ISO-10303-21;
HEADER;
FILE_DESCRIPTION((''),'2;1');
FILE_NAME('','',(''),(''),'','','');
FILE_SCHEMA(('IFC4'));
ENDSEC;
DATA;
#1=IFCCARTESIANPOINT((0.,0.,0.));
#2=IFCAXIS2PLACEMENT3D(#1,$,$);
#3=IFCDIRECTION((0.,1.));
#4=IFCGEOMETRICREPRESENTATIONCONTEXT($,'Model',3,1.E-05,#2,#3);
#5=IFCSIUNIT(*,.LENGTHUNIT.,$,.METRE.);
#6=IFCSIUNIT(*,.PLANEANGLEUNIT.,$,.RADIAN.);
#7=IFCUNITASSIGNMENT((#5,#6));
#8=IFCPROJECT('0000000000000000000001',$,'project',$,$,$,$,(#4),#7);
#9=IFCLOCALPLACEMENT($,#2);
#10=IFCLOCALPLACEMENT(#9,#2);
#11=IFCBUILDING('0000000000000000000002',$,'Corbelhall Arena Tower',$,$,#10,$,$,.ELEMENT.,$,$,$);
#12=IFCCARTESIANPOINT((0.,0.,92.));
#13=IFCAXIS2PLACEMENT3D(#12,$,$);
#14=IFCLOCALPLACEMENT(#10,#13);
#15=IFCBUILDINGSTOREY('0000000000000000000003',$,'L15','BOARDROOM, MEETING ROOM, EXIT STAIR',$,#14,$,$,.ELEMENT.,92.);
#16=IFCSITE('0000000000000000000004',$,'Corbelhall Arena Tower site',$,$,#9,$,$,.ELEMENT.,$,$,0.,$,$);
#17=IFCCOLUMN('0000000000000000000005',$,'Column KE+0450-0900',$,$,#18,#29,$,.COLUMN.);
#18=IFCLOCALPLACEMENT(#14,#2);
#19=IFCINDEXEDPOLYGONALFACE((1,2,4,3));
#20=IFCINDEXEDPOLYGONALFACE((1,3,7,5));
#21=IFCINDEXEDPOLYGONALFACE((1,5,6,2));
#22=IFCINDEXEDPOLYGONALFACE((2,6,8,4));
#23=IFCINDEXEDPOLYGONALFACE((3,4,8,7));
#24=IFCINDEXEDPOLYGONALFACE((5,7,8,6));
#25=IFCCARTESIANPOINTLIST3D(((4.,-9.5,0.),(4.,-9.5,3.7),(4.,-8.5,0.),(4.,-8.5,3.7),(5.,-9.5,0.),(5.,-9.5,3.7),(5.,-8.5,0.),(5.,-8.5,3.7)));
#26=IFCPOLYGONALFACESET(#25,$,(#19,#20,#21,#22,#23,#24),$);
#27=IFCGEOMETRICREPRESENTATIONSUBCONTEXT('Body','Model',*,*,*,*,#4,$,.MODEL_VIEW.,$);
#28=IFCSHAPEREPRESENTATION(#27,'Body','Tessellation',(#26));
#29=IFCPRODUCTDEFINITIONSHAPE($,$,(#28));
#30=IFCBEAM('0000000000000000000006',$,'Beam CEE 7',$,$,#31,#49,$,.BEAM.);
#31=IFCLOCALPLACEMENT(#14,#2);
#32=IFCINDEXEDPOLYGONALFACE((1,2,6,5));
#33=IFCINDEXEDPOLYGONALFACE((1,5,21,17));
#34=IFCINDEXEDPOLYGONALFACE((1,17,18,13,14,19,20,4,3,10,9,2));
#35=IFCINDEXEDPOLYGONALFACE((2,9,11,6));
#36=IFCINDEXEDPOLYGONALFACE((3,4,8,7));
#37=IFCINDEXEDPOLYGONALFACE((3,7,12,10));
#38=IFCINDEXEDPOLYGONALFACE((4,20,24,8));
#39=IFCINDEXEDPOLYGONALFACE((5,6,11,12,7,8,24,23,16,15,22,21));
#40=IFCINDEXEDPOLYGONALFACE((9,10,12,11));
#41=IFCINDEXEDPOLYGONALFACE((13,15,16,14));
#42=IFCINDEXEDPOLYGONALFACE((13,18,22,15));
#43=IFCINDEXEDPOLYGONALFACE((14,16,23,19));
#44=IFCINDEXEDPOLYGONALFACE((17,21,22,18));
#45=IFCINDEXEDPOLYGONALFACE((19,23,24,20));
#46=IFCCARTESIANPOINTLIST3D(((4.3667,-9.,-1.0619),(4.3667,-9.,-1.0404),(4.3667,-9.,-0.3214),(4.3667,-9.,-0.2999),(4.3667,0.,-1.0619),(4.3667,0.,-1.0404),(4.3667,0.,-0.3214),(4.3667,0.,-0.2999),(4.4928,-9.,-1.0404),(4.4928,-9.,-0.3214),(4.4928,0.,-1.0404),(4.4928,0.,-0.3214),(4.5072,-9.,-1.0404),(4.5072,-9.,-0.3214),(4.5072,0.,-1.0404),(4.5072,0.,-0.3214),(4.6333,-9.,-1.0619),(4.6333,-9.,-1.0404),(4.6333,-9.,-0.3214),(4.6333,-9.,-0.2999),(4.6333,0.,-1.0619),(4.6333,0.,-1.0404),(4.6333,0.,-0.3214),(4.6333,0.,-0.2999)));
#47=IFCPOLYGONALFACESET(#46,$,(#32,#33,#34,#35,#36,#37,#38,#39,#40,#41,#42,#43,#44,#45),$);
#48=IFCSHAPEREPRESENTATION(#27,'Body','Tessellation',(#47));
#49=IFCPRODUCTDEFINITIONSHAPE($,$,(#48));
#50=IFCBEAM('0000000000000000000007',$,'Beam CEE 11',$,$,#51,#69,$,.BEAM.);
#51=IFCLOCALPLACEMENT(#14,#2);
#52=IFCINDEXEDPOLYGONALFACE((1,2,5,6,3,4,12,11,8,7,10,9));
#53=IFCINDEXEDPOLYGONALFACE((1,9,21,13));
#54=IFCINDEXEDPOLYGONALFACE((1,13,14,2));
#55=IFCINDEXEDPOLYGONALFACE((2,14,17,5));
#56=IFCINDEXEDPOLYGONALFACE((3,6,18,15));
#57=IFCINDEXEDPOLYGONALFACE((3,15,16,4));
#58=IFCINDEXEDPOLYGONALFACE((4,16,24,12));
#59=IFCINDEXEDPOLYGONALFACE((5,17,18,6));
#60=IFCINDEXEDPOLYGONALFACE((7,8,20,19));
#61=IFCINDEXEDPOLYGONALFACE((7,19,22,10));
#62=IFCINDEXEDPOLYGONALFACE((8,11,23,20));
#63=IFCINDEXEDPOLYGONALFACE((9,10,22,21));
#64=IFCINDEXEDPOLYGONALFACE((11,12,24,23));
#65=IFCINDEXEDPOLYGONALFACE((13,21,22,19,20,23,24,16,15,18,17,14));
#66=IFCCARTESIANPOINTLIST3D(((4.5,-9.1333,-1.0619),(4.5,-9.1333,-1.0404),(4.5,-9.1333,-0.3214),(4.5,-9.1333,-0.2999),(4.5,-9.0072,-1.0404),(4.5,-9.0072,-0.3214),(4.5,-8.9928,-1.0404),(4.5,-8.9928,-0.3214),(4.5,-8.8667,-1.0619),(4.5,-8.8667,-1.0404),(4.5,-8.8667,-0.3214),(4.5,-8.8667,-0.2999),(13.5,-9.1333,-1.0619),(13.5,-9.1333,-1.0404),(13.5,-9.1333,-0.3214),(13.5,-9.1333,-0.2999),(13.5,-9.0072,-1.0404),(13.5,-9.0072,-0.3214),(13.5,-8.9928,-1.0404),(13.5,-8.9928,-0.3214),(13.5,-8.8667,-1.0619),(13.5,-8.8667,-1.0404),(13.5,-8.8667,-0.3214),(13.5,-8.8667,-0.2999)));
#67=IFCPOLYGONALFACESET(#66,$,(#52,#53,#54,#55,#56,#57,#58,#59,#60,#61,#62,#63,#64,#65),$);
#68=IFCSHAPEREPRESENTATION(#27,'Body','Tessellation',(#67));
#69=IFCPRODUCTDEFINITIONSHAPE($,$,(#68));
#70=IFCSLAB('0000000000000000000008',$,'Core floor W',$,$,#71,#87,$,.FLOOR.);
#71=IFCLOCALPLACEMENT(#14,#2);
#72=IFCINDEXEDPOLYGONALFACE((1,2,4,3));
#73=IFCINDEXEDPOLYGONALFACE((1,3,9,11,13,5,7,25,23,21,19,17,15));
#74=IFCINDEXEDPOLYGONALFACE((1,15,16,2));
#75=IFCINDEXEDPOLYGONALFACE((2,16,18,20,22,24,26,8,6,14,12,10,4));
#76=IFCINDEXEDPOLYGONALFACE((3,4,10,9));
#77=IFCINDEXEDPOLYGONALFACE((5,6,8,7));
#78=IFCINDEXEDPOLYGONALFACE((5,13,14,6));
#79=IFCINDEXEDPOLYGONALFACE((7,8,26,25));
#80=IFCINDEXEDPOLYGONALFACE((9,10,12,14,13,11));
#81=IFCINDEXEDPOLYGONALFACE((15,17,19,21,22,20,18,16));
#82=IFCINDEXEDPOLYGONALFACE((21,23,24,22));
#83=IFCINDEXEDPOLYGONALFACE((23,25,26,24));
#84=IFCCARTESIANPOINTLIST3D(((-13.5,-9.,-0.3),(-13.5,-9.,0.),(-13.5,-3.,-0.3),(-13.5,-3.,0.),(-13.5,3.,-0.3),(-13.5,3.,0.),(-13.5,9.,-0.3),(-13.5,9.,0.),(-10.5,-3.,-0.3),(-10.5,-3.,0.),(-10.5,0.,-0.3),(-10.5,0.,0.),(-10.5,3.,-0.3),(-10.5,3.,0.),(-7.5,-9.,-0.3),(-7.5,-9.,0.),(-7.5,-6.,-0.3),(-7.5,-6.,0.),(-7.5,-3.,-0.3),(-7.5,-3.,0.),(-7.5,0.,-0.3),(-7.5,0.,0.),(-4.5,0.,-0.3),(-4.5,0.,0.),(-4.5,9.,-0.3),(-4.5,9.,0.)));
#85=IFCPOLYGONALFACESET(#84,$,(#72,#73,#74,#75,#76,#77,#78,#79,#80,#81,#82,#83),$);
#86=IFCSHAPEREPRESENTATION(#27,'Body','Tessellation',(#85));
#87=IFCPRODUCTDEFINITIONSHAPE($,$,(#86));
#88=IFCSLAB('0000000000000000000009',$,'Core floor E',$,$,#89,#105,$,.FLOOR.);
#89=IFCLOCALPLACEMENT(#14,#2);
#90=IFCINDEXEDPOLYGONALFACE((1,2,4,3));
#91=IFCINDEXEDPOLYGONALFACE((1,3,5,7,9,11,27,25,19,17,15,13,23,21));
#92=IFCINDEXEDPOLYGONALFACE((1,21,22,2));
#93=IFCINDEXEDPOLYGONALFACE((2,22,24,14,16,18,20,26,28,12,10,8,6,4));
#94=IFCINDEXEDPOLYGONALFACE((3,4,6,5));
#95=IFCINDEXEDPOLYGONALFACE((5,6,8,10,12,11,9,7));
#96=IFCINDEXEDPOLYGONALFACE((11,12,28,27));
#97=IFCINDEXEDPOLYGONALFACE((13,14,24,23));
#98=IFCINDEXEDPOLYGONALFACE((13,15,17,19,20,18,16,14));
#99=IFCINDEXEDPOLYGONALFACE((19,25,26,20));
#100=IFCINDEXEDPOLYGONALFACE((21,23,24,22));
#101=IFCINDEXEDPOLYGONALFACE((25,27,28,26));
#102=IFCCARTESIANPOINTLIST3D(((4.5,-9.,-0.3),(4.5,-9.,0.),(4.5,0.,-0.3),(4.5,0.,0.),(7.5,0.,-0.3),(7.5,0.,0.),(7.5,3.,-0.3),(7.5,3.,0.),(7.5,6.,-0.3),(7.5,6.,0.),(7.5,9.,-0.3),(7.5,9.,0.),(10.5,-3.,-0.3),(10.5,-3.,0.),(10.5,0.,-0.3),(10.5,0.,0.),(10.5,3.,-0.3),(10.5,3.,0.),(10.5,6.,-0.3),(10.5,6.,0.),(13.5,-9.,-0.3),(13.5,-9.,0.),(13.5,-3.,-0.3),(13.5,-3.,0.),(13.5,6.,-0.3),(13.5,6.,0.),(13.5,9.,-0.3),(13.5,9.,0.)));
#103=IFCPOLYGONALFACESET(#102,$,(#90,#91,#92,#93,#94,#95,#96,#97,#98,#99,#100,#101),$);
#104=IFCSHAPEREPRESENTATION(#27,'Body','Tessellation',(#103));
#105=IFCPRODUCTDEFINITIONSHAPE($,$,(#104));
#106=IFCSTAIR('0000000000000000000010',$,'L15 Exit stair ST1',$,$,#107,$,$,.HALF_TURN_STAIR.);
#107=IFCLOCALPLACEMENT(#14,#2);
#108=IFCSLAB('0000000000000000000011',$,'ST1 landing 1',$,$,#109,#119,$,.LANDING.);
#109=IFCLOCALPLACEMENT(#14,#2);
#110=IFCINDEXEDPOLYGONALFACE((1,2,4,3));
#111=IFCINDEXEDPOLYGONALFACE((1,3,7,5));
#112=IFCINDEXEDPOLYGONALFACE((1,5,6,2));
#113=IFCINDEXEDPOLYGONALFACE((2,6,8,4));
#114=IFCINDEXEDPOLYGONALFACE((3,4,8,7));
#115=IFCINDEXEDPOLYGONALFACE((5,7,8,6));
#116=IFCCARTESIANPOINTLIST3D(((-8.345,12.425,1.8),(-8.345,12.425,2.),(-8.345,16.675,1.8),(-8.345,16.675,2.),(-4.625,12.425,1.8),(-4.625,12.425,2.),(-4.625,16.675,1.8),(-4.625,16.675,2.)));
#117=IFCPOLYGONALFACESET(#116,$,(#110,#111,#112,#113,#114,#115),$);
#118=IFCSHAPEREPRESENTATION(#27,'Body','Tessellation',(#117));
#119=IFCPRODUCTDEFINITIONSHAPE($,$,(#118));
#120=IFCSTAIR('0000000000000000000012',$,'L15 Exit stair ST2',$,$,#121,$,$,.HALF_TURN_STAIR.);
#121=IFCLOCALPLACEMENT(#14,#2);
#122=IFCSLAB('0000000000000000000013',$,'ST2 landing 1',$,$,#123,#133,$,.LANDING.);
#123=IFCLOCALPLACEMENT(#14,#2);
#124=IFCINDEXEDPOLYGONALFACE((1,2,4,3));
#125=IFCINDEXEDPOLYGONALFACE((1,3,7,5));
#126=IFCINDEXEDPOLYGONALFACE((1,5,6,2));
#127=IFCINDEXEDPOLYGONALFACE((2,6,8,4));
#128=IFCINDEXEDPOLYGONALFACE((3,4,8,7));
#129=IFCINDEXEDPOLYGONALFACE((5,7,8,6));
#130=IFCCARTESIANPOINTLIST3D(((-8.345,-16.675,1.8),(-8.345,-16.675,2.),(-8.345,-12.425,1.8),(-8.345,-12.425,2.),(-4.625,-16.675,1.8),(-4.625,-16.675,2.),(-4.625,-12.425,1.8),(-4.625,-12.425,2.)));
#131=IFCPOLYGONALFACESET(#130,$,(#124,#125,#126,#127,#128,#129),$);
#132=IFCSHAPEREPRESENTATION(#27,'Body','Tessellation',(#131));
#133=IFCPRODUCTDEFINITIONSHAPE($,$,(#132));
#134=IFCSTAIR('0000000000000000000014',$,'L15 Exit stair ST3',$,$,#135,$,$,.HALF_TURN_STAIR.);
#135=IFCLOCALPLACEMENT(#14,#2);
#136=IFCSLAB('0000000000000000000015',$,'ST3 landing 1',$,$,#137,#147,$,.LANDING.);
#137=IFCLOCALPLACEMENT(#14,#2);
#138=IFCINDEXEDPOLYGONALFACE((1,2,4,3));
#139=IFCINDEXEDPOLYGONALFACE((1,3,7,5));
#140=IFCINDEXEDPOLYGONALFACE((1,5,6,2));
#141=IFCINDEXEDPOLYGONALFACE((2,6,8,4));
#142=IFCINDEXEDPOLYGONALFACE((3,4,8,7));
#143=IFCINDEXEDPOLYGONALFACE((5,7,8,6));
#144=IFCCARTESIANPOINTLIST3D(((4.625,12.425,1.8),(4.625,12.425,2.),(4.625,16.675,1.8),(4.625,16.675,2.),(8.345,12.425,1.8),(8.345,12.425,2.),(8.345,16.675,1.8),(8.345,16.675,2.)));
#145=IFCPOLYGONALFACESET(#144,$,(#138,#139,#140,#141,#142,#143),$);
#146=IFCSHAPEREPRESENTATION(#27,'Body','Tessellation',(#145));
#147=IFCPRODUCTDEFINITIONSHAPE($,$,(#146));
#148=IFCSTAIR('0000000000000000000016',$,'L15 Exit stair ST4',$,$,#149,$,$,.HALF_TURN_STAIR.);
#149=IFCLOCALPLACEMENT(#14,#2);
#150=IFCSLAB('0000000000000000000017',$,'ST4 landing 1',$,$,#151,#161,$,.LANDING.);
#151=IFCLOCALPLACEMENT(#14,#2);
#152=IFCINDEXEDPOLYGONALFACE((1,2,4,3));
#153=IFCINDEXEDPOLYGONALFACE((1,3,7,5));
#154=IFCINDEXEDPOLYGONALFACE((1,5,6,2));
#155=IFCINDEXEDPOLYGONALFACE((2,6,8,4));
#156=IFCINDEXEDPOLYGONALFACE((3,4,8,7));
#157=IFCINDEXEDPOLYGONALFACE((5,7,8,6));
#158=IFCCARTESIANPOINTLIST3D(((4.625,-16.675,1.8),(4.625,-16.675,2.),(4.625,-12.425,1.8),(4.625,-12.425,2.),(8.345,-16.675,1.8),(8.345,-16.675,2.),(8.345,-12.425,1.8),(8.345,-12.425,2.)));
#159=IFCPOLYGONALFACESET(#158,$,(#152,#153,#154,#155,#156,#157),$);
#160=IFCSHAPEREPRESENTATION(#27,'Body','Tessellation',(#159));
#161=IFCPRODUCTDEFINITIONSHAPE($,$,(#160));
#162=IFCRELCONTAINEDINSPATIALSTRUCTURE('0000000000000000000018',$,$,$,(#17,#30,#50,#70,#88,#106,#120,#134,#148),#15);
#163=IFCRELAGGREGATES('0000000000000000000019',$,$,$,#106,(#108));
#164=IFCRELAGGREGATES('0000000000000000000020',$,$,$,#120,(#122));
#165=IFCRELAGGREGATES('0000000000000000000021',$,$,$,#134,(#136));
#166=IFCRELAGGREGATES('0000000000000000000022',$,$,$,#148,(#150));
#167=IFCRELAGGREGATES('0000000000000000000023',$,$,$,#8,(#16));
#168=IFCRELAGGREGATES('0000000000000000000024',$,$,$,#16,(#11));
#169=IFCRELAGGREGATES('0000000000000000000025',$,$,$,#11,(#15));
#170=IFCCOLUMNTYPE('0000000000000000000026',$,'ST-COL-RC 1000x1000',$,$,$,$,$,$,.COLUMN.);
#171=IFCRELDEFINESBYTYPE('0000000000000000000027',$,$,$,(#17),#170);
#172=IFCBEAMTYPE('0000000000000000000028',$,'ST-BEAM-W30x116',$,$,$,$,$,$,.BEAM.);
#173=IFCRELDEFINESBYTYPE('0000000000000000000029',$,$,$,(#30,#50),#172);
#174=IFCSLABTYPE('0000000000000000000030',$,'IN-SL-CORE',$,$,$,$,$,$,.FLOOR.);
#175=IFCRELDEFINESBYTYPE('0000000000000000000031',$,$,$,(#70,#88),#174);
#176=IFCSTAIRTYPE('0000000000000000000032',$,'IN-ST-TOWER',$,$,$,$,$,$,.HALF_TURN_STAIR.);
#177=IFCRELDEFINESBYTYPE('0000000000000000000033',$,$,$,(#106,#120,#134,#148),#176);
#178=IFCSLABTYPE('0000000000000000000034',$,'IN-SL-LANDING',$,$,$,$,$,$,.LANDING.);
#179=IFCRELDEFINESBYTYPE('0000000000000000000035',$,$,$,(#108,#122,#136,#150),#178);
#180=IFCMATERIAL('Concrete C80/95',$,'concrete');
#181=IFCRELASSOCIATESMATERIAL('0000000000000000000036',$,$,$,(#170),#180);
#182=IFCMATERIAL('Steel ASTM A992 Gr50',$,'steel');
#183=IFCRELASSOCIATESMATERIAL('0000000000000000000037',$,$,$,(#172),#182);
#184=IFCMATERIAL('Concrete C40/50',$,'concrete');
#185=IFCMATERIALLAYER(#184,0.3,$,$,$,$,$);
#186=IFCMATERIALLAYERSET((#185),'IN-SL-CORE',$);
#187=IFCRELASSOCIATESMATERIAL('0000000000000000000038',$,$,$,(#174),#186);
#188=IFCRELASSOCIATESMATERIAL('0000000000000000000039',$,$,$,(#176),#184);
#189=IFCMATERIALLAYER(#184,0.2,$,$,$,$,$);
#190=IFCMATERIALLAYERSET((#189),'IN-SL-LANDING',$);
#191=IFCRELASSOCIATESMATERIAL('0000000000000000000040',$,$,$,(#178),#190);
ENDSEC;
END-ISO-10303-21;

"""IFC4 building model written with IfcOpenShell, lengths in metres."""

from ifc_helpers import new_model, si_unit, direction, frame, origin, origin_2d, place, context, subcontext, project, spatial, polyline, rectangle, i_section, outline, extrude, material, layer, layer_set, material_profile, profile_set, type_object, element, aggregate, save


model = new_model("IFC4")

# Units and contexts
model_context = context("Model", 3, precision=1e-05, world=origin(), true_north=direction((0.0, 1.0)))
body_context = subcontext(model_context, "Body", "Model", "MODEL_VIEW")
ifc_project = project(units=[si_unit("LENGTHUNIT", "METRE"), si_unit("PLANEANGLEUNIT", "RADIAN")], contexts=[model_context])

# Site, building, storey
site_placement = place(None, origin())
site = spatial("IfcSite", under=ifc_project, at=site_placement, Name="Corbelhall Arena Tower site", CompositionType="ELEMENT", RefElevation=0.0)
building_placement = place(site_placement, origin())
building = spatial("IfcBuilding", under=site, at=building_placement, Name="Corbelhall Arena Tower", CompositionType="ELEMENT")
storey_placement = place(building_placement, frame((0.0, 0.0, 92.0)))
storey = spatial("IfcBuildingStorey", under=building, at=storey_placement, Name="L15", Description="BOARDROOM, MEETING ROOM, EXIT STAIR", CompositionType="ELEMENT", Elevation=92.0)

# Column
ifc_material_1 = material(Name="Concrete C80/95", Category="concrete")
ifc_material_profile_1 = material_profile(ifc_material_1, rectangle(XDim=1.0, YDim=1.0, at=origin_2d()))
ifc_profile_set_1 = profile_set([ifc_material_profile_1], Name="Concrete C80/95")
column_type = type_object("IfcColumnType", Name="ST-COL-RC 1000x1000", PredefinedType="COLUMN", material=ifc_profile_set_1)
column_placement = place(storey_placement, frame((4.5, -9.0, 0.0), z_axis=(0.0, 0.0, 1.0), x_axis=(1.0, 0.0, 0.0)))
element("IfcColumn", 1, at=column_placement, inside=storey, type_object=column_type, Name="Column KE+0450-0900", PredefinedType="COLUMN", context=body_context, shape_type="SweptSolid", body=[
    extrude(rectangle(XDim=1.0, YDim=1.0, at=origin_2d()), origin(), (0.0, 0.0, 1.0), 3.7),
])

# Beams
ifc_material_2 = material(Name="Steel ASTM A992 Gr50", Category="steel")
ifc_material_profile_2 = material_profile(ifc_material_2, i_section(OverallWidth=0.2666, OverallDepth=0.762, WebThickness=0.0144, FlangeThickness=0.0215, at=origin_2d()))
ifc_profile_set_2 = profile_set([ifc_material_profile_2], Name="Steel ASTM A992 Gr50")
beam_type = type_object("IfcBeamType", Name="ST-BEAM-W30x116", PredefinedType="BEAM", material=ifc_profile_set_2)
for number, where, z_axis, x_axis, name in (
    (2, (4.5, -9.0, -0.6809), (0.0, 1.0, 0.0), (-1.0, 0.0, 0.0), "Beam CEE 7"),
    (3, (4.5, -9.0, -0.6809), (1.0, 0.0, 0.0), (0.0, 1.0, 0.0), "Beam CEE 11"),
):
    element("IfcBeam", number, at=place(storey_placement, frame(where, z_axis=z_axis, x_axis=x_axis)), inside=storey, type_object=beam_type, Name=name, PredefinedType="BEAM", context=body_context, shape_type="SweptSolid", body=[
        extrude(i_section(OverallWidth=0.2666, OverallDepth=0.762, WebThickness=0.0144, FlangeThickness=0.0215, at=origin_2d()), origin(), (0.0, 0.0, 1.0), 9.0),
    ])

# Slabs
ifc_material_3 = material(Name="Concrete C40/50", Category="concrete")
ifc_layer_1 = layer(ifc_material_3, 0.3)
ifc_layer_set_1 = layer_set([ifc_layer_1], Name="IN-SL-CORE")
slab_type_1 = type_object("IfcSlabType", Name="IN-SL-CORE", PredefinedType="FLOOR", material=ifc_layer_set_1)
slab_1_placement = place(storey_placement, frame((0.0, 0.0, -0.3)))
element("IfcSlab", 4, at=slab_1_placement, inside=storey, type_object=slab_type_1, Name="Core floor W", PredefinedType="FLOOR", context=body_context, shape_type="SweptSolid", body=[
    extrude(outline(polyline([(-7.5, 0.0), (-4.5, 0.0), (-4.5, 9.0), (-13.5, 9.0), (-13.5, 3.0), (-10.5, 3.0), (-10.5, 0.0), (-10.5, -3.0), (-13.5, -3.0), (-13.5, -9.0), (-7.5, -9.0), (-7.5, -6.0), (-7.5, -3.0), (-7.5, 0.0)])), origin(), (0.0, 0.0, 1.0), 0.3),
])
slab_2_placement = place(storey_placement, frame((0.0, 0.0, -0.3)))
element("IfcSlab", 5, at=slab_2_placement, inside=storey, type_object=slab_type_1, Name="Core floor E", PredefinedType="FLOOR", context=body_context, shape_type="SweptSolid", body=[
    extrude(outline(polyline([(7.5, 0.0), (4.5, 0.0), (4.5, -9.0), (13.5, -9.0), (13.5, -3.0), (10.5, -3.0), (10.5, 0.0), (10.5, 3.0), (10.5, 6.0), (13.5, 6.0), (13.5, 9.0), (7.5, 9.0), (7.5, 6.0), (7.5, 3.0), (7.5, 0.0)])), origin(), (0.0, 0.0, 1.0), 0.3),
])

# Stairs, slabs
stair_type = type_object("IfcStairType", Name="IN-ST-TOWER", PredefinedType="HALF_TURN_STAIR", material=ifc_material_3)
stair_1_placement = place(storey_placement, origin())
stair_1 = element("IfcStair", 6, at=stair_1_placement, inside=storey, type_object=stair_type, Name="L15 Exit stair ST1", PredefinedType="HALF_TURN_STAIR")
ifc_layer_2 = layer(ifc_material_3, 0.2)
ifc_layer_set_2 = layer_set([ifc_layer_2], Name="IN-SL-LANDING")
slab_type_2 = type_object("IfcSlabType", Name="IN-SL-LANDING", PredefinedType="LANDING", material=ifc_layer_set_2)
slab_3_placement = place(storey_placement, frame((0.0, 0.0, 1.8)))
slab_3 = element("IfcSlab", 7, at=slab_3_placement, type_object=slab_type_2, Name="ST1 landing 1", PredefinedType="LANDING", context=body_context, shape_type="SweptSolid", body=[
    extrude(outline(polyline([(-8.345, 12.425), (-4.625, 12.425), (-4.625, 16.675), (-8.345, 16.675), (-8.345, 12.425)])), origin(), (0.0, 0.0, 1.0), 0.2),
])
aggregate(stair_1, [slab_3])
stair_2_placement = place(storey_placement, origin())
stair_2 = element("IfcStair", 8, at=stair_2_placement, inside=storey, type_object=stair_type, Name="L15 Exit stair ST2", PredefinedType="HALF_TURN_STAIR")
slab_4_placement = place(storey_placement, frame((0.0, 0.0, 1.8)))
slab_4 = element("IfcSlab", 9, at=slab_4_placement, type_object=slab_type_2, Name="ST2 landing 1", PredefinedType="LANDING", context=body_context, shape_type="SweptSolid", body=[
    extrude(outline(polyline([(-8.345, -16.675), (-4.625, -16.675), (-4.625, -12.425), (-8.345, -12.425), (-8.345, -16.675)])), origin(), (0.0, 0.0, 1.0), 0.2),
])
aggregate(stair_2, [slab_4])
stair_3_placement = place(storey_placement, origin())
stair_3 = element("IfcStair", 10, at=stair_3_placement, inside=storey, type_object=stair_type, Name="L15 Exit stair ST3", PredefinedType="HALF_TURN_STAIR")
slab_5_placement = place(storey_placement, frame((0.0, 0.0, 1.8)))
slab_5 = element("IfcSlab", 11, at=slab_5_placement, type_object=slab_type_2, Name="ST3 landing 1", PredefinedType="LANDING", context=body_context, shape_type="SweptSolid", body=[
    extrude(outline(polyline([(8.345, 16.675), (4.625, 16.675), (4.625, 12.425), (8.345, 12.425), (8.345, 16.675)])), origin(), (0.0, 0.0, 1.0), 0.2),
])
aggregate(stair_3, [slab_5])
stair_4_placement = place(storey_placement, origin())
stair_4 = element("IfcStair", 12, at=stair_4_placement, inside=storey, type_object=stair_type, Name="L15 Exit stair ST4", PredefinedType="HALF_TURN_STAIR")
slab_6_placement = place(storey_placement, frame((0.0, 0.0, 1.8)))
slab_6 = element("IfcSlab", 13, at=slab_6_placement, type_object=slab_type_2, Name="ST4 landing 1", PredefinedType="LANDING", context=body_context, shape_type="SweptSolid", body=[
    extrude(outline(polyline([(8.345, -12.425), (4.625, -12.425), (4.625, -16.675), (8.345, -16.675), (8.345, -12.425)])), origin(), (0.0, 0.0, 1.0), 0.2),
])
aggregate(stair_4, [slab_6])

save(model, "model.ifc")
